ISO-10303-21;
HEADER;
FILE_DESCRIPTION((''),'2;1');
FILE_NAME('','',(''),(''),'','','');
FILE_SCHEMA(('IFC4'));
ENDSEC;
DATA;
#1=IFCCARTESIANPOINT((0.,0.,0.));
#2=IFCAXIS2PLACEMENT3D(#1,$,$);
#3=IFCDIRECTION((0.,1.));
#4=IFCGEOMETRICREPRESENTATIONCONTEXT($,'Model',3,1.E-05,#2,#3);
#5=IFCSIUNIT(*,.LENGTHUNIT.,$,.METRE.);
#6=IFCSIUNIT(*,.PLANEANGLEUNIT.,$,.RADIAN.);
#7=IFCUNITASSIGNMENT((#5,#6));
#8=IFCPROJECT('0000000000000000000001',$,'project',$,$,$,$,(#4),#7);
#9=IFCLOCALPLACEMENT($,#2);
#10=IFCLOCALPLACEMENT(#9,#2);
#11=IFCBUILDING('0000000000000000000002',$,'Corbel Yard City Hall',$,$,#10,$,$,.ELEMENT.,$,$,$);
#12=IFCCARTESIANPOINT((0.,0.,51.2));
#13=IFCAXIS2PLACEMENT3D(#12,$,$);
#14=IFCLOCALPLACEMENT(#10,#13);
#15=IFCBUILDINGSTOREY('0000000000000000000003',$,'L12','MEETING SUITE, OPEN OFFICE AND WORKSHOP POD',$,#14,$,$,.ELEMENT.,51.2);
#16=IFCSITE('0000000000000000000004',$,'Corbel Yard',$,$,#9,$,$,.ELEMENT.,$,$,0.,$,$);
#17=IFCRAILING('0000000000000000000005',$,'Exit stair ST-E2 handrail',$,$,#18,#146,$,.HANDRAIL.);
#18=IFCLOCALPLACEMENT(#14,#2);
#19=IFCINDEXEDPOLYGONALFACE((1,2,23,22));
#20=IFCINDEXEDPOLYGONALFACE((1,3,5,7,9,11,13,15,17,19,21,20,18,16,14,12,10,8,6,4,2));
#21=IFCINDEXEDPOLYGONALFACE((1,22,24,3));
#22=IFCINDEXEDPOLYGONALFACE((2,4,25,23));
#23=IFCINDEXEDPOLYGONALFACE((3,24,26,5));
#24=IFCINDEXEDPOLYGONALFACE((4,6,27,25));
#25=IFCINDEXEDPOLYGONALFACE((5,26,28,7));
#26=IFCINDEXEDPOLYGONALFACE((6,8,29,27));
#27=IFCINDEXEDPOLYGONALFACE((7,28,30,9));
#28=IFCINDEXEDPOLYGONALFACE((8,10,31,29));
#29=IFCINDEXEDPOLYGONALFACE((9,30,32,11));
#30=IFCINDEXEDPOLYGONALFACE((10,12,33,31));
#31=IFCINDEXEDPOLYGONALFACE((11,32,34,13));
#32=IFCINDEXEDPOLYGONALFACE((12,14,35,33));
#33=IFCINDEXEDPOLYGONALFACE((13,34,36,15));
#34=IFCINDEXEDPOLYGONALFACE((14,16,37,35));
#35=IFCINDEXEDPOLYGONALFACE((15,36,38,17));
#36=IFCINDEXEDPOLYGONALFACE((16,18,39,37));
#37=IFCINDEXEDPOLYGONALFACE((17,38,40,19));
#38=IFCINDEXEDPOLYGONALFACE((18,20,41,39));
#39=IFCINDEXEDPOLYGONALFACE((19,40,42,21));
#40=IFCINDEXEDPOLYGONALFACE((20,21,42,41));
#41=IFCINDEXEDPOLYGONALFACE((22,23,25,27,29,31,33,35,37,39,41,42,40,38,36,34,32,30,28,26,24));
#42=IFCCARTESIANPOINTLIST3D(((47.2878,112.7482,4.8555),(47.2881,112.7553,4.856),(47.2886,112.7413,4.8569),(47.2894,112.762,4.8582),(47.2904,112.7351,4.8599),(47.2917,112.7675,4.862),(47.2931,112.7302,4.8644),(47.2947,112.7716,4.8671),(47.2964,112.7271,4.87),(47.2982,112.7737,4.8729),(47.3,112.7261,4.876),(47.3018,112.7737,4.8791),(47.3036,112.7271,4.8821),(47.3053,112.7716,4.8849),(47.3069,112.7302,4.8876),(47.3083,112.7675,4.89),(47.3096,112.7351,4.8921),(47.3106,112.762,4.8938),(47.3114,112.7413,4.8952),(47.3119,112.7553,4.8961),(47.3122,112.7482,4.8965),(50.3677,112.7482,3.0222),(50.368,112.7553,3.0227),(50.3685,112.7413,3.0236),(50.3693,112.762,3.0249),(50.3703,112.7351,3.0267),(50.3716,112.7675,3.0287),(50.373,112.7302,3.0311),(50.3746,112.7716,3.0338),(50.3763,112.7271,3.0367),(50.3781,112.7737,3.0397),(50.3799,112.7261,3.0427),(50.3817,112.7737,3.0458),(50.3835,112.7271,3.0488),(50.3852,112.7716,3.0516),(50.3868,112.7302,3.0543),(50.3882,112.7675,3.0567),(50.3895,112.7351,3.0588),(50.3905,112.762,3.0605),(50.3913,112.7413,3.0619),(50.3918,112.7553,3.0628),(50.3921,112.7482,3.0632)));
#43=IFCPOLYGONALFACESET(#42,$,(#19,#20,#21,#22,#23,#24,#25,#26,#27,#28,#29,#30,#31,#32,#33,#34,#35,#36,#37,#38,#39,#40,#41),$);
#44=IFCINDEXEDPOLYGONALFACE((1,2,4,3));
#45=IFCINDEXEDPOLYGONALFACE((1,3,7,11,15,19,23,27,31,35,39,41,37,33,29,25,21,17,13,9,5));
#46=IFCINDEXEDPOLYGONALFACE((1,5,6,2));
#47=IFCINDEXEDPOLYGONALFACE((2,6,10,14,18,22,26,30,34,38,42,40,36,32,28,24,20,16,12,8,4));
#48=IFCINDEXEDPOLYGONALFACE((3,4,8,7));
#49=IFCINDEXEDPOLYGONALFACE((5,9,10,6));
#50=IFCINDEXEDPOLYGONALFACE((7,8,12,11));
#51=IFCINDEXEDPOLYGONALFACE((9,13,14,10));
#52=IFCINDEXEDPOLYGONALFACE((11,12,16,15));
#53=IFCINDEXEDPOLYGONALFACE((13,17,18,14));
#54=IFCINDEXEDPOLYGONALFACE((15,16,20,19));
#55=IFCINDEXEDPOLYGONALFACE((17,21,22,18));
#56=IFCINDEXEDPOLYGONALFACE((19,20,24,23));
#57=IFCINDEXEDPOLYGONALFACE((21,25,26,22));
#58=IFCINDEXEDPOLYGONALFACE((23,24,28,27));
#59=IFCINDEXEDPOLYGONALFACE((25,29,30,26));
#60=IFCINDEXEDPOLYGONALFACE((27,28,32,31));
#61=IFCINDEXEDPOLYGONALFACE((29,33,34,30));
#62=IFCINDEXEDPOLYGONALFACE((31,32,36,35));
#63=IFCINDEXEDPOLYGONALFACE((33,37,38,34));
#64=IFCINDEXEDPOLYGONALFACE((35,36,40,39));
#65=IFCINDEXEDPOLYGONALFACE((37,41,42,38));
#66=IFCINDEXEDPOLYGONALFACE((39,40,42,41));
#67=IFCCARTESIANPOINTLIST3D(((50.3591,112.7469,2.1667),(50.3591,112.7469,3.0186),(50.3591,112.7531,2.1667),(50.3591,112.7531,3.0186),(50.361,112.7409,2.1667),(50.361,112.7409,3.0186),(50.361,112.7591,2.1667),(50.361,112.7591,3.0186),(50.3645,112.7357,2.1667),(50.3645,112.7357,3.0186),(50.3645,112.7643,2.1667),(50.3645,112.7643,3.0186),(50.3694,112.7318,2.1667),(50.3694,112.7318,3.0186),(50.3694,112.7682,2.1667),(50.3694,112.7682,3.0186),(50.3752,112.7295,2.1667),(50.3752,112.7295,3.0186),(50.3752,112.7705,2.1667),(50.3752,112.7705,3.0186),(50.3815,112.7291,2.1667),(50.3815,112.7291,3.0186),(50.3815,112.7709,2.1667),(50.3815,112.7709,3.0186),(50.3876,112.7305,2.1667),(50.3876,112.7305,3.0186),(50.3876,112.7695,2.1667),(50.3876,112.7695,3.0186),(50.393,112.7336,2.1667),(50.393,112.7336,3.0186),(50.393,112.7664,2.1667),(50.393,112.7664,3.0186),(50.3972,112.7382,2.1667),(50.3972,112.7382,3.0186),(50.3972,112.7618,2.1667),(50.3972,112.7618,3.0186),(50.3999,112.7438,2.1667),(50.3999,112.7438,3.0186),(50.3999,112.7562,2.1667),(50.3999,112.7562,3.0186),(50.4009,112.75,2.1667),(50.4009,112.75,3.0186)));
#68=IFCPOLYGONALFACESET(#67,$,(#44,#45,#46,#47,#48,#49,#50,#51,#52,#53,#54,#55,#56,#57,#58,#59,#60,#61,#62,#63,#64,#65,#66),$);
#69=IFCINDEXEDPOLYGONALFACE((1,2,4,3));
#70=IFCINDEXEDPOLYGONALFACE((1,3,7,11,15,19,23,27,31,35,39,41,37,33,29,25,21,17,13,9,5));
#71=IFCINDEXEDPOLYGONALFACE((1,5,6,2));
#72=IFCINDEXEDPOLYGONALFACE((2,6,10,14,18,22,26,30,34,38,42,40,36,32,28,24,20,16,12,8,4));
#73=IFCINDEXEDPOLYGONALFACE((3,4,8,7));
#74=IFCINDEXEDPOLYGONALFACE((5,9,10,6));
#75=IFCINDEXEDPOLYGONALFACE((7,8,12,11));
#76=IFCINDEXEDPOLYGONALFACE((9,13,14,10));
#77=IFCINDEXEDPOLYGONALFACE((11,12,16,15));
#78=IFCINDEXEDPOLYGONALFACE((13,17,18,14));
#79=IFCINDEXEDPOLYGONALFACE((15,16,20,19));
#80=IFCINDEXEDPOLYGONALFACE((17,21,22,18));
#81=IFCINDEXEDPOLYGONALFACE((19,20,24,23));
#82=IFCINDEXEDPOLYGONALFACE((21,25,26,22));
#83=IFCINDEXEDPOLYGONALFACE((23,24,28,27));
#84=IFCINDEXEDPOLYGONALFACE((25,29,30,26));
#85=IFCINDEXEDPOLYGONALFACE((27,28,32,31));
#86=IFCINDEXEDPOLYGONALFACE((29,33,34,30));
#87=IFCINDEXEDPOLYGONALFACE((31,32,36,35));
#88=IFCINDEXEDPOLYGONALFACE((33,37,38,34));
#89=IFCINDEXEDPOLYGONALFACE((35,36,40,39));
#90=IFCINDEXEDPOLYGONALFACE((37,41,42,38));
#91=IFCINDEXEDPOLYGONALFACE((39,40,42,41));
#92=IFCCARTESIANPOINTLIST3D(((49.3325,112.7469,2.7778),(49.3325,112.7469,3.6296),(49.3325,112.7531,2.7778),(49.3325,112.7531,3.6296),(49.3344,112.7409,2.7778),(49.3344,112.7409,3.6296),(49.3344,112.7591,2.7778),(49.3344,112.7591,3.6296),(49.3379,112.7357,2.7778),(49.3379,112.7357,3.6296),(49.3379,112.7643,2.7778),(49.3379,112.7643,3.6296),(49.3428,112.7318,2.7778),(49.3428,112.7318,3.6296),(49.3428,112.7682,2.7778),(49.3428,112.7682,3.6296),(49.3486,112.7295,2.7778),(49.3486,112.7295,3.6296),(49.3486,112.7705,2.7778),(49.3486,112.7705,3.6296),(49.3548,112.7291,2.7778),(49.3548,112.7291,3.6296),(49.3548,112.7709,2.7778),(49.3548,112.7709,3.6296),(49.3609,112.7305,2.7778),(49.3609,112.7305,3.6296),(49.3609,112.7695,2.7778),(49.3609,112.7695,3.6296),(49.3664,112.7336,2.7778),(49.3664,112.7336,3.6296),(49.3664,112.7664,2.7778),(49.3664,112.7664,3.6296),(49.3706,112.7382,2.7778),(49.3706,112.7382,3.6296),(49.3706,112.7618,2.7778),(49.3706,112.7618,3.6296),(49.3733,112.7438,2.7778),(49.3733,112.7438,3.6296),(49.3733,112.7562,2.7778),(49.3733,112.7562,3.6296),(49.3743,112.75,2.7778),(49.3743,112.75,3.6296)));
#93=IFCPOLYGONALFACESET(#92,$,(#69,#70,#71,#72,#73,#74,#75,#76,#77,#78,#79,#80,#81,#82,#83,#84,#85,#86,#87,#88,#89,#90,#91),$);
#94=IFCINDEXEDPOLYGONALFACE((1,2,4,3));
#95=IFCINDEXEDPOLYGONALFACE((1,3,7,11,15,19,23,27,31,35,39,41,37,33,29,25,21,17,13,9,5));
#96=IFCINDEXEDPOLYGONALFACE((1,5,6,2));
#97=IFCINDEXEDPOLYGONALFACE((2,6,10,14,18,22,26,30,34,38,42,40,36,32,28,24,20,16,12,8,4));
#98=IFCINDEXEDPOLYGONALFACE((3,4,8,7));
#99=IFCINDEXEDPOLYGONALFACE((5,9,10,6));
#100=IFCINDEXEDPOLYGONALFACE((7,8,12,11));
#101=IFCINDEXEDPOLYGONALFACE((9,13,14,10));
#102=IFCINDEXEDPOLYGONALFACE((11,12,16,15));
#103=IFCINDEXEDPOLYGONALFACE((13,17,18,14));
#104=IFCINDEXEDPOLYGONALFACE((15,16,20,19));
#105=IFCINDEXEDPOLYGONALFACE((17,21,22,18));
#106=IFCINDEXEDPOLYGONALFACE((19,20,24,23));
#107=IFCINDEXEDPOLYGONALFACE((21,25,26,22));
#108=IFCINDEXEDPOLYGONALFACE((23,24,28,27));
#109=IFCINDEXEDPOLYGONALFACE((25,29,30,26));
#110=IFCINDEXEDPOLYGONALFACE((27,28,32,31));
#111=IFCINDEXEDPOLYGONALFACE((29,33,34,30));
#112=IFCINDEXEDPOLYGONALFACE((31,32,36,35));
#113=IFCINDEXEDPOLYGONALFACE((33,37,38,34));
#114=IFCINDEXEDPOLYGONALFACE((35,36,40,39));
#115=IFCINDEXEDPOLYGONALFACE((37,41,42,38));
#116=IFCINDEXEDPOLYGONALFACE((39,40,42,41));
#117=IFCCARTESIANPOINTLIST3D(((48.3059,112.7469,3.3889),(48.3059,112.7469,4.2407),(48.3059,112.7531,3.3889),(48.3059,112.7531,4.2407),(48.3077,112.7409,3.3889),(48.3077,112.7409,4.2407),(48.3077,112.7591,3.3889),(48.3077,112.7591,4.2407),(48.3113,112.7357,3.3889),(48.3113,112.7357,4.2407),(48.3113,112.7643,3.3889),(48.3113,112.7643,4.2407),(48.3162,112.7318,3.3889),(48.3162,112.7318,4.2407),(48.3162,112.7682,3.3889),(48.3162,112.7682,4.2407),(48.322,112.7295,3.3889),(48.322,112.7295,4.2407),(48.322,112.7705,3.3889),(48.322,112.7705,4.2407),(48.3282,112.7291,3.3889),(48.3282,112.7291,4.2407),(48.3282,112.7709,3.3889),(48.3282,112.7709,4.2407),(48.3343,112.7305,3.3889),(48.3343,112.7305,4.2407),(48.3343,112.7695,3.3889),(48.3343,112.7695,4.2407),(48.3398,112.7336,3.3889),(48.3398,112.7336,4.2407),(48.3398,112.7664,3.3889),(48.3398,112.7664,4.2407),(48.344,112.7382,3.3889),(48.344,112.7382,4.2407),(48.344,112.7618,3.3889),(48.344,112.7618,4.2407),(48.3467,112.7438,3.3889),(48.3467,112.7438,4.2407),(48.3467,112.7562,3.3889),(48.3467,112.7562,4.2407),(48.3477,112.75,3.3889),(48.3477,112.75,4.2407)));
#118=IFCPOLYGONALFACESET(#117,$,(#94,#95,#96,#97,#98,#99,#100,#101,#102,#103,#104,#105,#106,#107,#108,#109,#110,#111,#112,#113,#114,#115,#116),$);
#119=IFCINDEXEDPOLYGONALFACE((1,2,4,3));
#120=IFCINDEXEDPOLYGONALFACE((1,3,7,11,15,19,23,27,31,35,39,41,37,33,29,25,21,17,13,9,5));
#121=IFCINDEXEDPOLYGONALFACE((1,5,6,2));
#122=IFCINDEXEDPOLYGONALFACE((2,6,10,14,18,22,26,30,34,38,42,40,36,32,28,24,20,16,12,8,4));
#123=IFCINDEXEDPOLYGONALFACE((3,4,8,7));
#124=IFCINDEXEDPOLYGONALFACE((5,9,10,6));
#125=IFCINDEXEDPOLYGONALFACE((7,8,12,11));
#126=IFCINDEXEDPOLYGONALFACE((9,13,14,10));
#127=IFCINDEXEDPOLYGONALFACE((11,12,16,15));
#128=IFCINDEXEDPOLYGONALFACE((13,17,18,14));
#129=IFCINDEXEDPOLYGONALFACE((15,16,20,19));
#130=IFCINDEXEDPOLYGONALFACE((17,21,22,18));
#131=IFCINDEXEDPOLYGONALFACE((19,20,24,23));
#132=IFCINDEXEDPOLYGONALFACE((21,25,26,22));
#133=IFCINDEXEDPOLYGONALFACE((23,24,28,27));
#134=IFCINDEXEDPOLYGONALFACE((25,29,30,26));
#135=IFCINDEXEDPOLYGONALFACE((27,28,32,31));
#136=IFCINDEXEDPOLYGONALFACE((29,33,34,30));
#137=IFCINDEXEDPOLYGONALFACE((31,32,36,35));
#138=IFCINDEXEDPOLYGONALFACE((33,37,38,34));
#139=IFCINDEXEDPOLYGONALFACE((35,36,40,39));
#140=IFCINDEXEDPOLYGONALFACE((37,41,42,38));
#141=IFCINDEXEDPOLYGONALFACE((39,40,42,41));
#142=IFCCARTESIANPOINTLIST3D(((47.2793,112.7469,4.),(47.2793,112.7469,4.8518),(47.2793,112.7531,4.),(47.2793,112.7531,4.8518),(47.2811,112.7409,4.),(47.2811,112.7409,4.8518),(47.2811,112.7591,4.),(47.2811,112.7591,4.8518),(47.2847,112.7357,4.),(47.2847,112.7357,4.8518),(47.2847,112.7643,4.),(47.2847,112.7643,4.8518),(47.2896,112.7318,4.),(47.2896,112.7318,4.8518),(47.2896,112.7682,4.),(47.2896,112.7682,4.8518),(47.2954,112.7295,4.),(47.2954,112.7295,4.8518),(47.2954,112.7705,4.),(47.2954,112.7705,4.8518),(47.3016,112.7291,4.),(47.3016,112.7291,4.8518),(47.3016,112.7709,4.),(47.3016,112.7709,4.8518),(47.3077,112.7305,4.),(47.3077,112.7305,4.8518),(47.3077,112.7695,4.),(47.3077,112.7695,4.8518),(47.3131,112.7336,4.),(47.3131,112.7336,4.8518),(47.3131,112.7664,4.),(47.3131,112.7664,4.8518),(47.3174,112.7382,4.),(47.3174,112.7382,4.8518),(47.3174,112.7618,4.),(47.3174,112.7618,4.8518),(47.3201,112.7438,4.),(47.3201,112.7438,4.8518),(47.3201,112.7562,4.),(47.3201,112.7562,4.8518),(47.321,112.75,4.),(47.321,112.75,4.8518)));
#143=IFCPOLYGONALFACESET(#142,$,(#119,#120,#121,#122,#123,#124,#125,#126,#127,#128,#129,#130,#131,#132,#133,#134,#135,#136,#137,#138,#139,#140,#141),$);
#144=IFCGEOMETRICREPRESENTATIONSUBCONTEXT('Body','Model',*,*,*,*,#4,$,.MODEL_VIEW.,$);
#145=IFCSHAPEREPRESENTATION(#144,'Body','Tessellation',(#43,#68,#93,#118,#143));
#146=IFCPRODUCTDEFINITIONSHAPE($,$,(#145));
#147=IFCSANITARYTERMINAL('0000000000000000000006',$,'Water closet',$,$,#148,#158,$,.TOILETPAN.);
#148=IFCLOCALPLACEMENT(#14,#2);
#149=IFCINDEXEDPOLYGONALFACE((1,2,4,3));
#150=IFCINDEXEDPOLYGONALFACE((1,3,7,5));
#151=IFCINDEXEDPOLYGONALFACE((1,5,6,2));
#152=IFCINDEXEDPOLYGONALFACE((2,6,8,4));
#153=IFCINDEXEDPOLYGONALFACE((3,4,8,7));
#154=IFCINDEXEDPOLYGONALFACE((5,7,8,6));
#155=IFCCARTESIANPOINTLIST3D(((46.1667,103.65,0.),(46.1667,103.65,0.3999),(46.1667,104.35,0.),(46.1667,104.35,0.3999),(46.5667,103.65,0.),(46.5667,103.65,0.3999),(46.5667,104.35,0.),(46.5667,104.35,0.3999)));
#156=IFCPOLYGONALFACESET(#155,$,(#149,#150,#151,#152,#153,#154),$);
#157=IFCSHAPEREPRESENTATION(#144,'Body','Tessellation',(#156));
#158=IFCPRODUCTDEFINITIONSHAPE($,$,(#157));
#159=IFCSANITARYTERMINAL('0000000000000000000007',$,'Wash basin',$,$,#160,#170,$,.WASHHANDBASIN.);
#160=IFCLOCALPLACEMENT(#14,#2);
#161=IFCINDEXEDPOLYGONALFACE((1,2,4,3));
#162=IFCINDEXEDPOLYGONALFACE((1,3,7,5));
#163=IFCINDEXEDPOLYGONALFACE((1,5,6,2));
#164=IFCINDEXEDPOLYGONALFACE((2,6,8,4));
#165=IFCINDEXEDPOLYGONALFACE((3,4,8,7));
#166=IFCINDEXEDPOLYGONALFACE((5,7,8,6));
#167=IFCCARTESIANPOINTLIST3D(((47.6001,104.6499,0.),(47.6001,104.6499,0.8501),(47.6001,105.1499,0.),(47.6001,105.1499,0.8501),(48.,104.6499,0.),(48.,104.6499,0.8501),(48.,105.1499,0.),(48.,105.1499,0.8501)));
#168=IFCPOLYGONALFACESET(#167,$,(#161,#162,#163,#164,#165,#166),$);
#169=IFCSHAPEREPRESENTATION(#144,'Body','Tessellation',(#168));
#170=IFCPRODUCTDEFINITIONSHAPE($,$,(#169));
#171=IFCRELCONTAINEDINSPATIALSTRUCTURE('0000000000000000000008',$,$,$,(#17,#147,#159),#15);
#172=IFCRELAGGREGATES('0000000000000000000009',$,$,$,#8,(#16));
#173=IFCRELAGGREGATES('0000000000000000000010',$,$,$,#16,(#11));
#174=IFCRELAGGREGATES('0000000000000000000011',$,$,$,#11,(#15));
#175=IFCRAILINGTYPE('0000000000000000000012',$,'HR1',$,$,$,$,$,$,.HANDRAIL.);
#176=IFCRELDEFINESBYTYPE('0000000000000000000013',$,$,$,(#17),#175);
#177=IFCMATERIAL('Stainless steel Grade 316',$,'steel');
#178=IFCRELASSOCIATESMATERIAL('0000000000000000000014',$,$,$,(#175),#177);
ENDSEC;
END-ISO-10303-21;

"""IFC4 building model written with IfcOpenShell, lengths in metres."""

from ifc_helpers import new_model, si_unit, direction, frame, origin, origin_2d, place, context, subcontext, project, spatial, rectangle, circle, extrude, material, type_object, element, save


model = new_model("IFC4")

# Units and contexts
model_context = context("Model", 3, precision=1e-05, world=origin(), true_north=direction((0.0, 1.0)))
body_context = subcontext(model_context, "Body", "Model", "MODEL_VIEW")
ifc_project = project(units=[si_unit("LENGTHUNIT", "METRE"), si_unit("PLANEANGLEUNIT", "RADIAN")], contexts=[model_context])

# Site, building, storey
site_placement = place(None, origin())
site = spatial("IfcSite", under=ifc_project, at=site_placement, Name="Corbel Yard", CompositionType="ELEMENT", RefElevation=0.0)
building_placement = place(site_placement, origin())
building = spatial("IfcBuilding", under=site, at=building_placement, Name="Corbel Yard City Hall", CompositionType="ELEMENT")
storey_placement = place(building_placement, frame((0.0, 0.0, 51.2)))
storey = spatial("IfcBuildingStorey", under=building, at=storey_placement, Name="L12", Description="MEETING SUITE, OPEN OFFICE AND WORKSHOP POD", CompositionType="ELEMENT", Elevation=51.2)

# Shared definitions
ifc_material_1 = material(Name="Stainless steel Grade 316", Category="steel")

# Railing
railing_type = type_object("IfcRailingType", Name="HR1", PredefinedType="HANDRAIL", material=ifc_material_1)
for number, where, name in (
    (1, (50.3799, 112.75, 2.1667), "Exit stair ST-E2 handrail"),
):
    element("IfcRailing", number, at=place(storey_placement, frame(where)), inside=storey, type_object=railing_type, Name=name, PredefinedType="HANDRAIL", context=body_context, shape_type="SweptSolid", body=[
        extrude(circle(Radius=0.0239, at=origin_2d()), frame((0.0, 0.0, 0.876), z_axis=(-0.859291, 0.0, 0.511487), x_axis=(0.0, -1.0, 0.0)), (0.0, 0.0, 1.0), 3.5842),
        extrude(circle(Radius=0.021, at=origin_2d()), origin(), (0.0, 0.0, 1.0), 0.8518),
        extrude(circle(Radius=0.021, at=origin_2d()), frame((-1.0266, 0.0, 0.6111)), (0.0, 0.0, 1.0), 0.8518),
        extrude(circle(Radius=0.021, at=origin_2d()), frame((-2.0532, 0.0, 1.2222)), (0.0, 0.0, 1.0), 0.8518),
        extrude(circle(Radius=0.021, at=origin_2d()), frame((-3.0798, 0.0, 1.8333)), (0.0, 0.0, 1.0), 0.8518),
    ])

# Sanitary terminals
sanitary_terminal_1_placement = place(storey_placement, frame((46.3667, 104.0, 0.0), z_axis=(0.0, 0.0, 1.0), x_axis=(1.0, 0.0, 0.0)))
element("IfcSanitaryTerminal", 2, at=sanitary_terminal_1_placement, inside=storey, Name="Water closet", PredefinedType="TOILETPAN", context=body_context, shape_type="SweptSolid", body=[
    extrude(rectangle(XDim=0.3999, YDim=0.7, at=origin_2d()), origin(), (0.0, 0.0, 1.0), 0.3999),
])
sanitary_terminal_2_placement = place(storey_placement, frame((47.8, 104.8999, 0.0), z_axis=(0.0, 0.0, 1.0), x_axis=(1.0, 0.0, 0.0)))
element("IfcSanitaryTerminal", 3, at=sanitary_terminal_2_placement, inside=storey, Name="Wash basin", PredefinedType="WASHHANDBASIN", context=body_context, shape_type="SweptSolid", body=[
    extrude(rectangle(XDim=0.3999, YDim=0.5, at=origin_2d()), origin(), (0.0, 0.0, 1.0), 0.8501),
])

save(model, "model.ifc")
